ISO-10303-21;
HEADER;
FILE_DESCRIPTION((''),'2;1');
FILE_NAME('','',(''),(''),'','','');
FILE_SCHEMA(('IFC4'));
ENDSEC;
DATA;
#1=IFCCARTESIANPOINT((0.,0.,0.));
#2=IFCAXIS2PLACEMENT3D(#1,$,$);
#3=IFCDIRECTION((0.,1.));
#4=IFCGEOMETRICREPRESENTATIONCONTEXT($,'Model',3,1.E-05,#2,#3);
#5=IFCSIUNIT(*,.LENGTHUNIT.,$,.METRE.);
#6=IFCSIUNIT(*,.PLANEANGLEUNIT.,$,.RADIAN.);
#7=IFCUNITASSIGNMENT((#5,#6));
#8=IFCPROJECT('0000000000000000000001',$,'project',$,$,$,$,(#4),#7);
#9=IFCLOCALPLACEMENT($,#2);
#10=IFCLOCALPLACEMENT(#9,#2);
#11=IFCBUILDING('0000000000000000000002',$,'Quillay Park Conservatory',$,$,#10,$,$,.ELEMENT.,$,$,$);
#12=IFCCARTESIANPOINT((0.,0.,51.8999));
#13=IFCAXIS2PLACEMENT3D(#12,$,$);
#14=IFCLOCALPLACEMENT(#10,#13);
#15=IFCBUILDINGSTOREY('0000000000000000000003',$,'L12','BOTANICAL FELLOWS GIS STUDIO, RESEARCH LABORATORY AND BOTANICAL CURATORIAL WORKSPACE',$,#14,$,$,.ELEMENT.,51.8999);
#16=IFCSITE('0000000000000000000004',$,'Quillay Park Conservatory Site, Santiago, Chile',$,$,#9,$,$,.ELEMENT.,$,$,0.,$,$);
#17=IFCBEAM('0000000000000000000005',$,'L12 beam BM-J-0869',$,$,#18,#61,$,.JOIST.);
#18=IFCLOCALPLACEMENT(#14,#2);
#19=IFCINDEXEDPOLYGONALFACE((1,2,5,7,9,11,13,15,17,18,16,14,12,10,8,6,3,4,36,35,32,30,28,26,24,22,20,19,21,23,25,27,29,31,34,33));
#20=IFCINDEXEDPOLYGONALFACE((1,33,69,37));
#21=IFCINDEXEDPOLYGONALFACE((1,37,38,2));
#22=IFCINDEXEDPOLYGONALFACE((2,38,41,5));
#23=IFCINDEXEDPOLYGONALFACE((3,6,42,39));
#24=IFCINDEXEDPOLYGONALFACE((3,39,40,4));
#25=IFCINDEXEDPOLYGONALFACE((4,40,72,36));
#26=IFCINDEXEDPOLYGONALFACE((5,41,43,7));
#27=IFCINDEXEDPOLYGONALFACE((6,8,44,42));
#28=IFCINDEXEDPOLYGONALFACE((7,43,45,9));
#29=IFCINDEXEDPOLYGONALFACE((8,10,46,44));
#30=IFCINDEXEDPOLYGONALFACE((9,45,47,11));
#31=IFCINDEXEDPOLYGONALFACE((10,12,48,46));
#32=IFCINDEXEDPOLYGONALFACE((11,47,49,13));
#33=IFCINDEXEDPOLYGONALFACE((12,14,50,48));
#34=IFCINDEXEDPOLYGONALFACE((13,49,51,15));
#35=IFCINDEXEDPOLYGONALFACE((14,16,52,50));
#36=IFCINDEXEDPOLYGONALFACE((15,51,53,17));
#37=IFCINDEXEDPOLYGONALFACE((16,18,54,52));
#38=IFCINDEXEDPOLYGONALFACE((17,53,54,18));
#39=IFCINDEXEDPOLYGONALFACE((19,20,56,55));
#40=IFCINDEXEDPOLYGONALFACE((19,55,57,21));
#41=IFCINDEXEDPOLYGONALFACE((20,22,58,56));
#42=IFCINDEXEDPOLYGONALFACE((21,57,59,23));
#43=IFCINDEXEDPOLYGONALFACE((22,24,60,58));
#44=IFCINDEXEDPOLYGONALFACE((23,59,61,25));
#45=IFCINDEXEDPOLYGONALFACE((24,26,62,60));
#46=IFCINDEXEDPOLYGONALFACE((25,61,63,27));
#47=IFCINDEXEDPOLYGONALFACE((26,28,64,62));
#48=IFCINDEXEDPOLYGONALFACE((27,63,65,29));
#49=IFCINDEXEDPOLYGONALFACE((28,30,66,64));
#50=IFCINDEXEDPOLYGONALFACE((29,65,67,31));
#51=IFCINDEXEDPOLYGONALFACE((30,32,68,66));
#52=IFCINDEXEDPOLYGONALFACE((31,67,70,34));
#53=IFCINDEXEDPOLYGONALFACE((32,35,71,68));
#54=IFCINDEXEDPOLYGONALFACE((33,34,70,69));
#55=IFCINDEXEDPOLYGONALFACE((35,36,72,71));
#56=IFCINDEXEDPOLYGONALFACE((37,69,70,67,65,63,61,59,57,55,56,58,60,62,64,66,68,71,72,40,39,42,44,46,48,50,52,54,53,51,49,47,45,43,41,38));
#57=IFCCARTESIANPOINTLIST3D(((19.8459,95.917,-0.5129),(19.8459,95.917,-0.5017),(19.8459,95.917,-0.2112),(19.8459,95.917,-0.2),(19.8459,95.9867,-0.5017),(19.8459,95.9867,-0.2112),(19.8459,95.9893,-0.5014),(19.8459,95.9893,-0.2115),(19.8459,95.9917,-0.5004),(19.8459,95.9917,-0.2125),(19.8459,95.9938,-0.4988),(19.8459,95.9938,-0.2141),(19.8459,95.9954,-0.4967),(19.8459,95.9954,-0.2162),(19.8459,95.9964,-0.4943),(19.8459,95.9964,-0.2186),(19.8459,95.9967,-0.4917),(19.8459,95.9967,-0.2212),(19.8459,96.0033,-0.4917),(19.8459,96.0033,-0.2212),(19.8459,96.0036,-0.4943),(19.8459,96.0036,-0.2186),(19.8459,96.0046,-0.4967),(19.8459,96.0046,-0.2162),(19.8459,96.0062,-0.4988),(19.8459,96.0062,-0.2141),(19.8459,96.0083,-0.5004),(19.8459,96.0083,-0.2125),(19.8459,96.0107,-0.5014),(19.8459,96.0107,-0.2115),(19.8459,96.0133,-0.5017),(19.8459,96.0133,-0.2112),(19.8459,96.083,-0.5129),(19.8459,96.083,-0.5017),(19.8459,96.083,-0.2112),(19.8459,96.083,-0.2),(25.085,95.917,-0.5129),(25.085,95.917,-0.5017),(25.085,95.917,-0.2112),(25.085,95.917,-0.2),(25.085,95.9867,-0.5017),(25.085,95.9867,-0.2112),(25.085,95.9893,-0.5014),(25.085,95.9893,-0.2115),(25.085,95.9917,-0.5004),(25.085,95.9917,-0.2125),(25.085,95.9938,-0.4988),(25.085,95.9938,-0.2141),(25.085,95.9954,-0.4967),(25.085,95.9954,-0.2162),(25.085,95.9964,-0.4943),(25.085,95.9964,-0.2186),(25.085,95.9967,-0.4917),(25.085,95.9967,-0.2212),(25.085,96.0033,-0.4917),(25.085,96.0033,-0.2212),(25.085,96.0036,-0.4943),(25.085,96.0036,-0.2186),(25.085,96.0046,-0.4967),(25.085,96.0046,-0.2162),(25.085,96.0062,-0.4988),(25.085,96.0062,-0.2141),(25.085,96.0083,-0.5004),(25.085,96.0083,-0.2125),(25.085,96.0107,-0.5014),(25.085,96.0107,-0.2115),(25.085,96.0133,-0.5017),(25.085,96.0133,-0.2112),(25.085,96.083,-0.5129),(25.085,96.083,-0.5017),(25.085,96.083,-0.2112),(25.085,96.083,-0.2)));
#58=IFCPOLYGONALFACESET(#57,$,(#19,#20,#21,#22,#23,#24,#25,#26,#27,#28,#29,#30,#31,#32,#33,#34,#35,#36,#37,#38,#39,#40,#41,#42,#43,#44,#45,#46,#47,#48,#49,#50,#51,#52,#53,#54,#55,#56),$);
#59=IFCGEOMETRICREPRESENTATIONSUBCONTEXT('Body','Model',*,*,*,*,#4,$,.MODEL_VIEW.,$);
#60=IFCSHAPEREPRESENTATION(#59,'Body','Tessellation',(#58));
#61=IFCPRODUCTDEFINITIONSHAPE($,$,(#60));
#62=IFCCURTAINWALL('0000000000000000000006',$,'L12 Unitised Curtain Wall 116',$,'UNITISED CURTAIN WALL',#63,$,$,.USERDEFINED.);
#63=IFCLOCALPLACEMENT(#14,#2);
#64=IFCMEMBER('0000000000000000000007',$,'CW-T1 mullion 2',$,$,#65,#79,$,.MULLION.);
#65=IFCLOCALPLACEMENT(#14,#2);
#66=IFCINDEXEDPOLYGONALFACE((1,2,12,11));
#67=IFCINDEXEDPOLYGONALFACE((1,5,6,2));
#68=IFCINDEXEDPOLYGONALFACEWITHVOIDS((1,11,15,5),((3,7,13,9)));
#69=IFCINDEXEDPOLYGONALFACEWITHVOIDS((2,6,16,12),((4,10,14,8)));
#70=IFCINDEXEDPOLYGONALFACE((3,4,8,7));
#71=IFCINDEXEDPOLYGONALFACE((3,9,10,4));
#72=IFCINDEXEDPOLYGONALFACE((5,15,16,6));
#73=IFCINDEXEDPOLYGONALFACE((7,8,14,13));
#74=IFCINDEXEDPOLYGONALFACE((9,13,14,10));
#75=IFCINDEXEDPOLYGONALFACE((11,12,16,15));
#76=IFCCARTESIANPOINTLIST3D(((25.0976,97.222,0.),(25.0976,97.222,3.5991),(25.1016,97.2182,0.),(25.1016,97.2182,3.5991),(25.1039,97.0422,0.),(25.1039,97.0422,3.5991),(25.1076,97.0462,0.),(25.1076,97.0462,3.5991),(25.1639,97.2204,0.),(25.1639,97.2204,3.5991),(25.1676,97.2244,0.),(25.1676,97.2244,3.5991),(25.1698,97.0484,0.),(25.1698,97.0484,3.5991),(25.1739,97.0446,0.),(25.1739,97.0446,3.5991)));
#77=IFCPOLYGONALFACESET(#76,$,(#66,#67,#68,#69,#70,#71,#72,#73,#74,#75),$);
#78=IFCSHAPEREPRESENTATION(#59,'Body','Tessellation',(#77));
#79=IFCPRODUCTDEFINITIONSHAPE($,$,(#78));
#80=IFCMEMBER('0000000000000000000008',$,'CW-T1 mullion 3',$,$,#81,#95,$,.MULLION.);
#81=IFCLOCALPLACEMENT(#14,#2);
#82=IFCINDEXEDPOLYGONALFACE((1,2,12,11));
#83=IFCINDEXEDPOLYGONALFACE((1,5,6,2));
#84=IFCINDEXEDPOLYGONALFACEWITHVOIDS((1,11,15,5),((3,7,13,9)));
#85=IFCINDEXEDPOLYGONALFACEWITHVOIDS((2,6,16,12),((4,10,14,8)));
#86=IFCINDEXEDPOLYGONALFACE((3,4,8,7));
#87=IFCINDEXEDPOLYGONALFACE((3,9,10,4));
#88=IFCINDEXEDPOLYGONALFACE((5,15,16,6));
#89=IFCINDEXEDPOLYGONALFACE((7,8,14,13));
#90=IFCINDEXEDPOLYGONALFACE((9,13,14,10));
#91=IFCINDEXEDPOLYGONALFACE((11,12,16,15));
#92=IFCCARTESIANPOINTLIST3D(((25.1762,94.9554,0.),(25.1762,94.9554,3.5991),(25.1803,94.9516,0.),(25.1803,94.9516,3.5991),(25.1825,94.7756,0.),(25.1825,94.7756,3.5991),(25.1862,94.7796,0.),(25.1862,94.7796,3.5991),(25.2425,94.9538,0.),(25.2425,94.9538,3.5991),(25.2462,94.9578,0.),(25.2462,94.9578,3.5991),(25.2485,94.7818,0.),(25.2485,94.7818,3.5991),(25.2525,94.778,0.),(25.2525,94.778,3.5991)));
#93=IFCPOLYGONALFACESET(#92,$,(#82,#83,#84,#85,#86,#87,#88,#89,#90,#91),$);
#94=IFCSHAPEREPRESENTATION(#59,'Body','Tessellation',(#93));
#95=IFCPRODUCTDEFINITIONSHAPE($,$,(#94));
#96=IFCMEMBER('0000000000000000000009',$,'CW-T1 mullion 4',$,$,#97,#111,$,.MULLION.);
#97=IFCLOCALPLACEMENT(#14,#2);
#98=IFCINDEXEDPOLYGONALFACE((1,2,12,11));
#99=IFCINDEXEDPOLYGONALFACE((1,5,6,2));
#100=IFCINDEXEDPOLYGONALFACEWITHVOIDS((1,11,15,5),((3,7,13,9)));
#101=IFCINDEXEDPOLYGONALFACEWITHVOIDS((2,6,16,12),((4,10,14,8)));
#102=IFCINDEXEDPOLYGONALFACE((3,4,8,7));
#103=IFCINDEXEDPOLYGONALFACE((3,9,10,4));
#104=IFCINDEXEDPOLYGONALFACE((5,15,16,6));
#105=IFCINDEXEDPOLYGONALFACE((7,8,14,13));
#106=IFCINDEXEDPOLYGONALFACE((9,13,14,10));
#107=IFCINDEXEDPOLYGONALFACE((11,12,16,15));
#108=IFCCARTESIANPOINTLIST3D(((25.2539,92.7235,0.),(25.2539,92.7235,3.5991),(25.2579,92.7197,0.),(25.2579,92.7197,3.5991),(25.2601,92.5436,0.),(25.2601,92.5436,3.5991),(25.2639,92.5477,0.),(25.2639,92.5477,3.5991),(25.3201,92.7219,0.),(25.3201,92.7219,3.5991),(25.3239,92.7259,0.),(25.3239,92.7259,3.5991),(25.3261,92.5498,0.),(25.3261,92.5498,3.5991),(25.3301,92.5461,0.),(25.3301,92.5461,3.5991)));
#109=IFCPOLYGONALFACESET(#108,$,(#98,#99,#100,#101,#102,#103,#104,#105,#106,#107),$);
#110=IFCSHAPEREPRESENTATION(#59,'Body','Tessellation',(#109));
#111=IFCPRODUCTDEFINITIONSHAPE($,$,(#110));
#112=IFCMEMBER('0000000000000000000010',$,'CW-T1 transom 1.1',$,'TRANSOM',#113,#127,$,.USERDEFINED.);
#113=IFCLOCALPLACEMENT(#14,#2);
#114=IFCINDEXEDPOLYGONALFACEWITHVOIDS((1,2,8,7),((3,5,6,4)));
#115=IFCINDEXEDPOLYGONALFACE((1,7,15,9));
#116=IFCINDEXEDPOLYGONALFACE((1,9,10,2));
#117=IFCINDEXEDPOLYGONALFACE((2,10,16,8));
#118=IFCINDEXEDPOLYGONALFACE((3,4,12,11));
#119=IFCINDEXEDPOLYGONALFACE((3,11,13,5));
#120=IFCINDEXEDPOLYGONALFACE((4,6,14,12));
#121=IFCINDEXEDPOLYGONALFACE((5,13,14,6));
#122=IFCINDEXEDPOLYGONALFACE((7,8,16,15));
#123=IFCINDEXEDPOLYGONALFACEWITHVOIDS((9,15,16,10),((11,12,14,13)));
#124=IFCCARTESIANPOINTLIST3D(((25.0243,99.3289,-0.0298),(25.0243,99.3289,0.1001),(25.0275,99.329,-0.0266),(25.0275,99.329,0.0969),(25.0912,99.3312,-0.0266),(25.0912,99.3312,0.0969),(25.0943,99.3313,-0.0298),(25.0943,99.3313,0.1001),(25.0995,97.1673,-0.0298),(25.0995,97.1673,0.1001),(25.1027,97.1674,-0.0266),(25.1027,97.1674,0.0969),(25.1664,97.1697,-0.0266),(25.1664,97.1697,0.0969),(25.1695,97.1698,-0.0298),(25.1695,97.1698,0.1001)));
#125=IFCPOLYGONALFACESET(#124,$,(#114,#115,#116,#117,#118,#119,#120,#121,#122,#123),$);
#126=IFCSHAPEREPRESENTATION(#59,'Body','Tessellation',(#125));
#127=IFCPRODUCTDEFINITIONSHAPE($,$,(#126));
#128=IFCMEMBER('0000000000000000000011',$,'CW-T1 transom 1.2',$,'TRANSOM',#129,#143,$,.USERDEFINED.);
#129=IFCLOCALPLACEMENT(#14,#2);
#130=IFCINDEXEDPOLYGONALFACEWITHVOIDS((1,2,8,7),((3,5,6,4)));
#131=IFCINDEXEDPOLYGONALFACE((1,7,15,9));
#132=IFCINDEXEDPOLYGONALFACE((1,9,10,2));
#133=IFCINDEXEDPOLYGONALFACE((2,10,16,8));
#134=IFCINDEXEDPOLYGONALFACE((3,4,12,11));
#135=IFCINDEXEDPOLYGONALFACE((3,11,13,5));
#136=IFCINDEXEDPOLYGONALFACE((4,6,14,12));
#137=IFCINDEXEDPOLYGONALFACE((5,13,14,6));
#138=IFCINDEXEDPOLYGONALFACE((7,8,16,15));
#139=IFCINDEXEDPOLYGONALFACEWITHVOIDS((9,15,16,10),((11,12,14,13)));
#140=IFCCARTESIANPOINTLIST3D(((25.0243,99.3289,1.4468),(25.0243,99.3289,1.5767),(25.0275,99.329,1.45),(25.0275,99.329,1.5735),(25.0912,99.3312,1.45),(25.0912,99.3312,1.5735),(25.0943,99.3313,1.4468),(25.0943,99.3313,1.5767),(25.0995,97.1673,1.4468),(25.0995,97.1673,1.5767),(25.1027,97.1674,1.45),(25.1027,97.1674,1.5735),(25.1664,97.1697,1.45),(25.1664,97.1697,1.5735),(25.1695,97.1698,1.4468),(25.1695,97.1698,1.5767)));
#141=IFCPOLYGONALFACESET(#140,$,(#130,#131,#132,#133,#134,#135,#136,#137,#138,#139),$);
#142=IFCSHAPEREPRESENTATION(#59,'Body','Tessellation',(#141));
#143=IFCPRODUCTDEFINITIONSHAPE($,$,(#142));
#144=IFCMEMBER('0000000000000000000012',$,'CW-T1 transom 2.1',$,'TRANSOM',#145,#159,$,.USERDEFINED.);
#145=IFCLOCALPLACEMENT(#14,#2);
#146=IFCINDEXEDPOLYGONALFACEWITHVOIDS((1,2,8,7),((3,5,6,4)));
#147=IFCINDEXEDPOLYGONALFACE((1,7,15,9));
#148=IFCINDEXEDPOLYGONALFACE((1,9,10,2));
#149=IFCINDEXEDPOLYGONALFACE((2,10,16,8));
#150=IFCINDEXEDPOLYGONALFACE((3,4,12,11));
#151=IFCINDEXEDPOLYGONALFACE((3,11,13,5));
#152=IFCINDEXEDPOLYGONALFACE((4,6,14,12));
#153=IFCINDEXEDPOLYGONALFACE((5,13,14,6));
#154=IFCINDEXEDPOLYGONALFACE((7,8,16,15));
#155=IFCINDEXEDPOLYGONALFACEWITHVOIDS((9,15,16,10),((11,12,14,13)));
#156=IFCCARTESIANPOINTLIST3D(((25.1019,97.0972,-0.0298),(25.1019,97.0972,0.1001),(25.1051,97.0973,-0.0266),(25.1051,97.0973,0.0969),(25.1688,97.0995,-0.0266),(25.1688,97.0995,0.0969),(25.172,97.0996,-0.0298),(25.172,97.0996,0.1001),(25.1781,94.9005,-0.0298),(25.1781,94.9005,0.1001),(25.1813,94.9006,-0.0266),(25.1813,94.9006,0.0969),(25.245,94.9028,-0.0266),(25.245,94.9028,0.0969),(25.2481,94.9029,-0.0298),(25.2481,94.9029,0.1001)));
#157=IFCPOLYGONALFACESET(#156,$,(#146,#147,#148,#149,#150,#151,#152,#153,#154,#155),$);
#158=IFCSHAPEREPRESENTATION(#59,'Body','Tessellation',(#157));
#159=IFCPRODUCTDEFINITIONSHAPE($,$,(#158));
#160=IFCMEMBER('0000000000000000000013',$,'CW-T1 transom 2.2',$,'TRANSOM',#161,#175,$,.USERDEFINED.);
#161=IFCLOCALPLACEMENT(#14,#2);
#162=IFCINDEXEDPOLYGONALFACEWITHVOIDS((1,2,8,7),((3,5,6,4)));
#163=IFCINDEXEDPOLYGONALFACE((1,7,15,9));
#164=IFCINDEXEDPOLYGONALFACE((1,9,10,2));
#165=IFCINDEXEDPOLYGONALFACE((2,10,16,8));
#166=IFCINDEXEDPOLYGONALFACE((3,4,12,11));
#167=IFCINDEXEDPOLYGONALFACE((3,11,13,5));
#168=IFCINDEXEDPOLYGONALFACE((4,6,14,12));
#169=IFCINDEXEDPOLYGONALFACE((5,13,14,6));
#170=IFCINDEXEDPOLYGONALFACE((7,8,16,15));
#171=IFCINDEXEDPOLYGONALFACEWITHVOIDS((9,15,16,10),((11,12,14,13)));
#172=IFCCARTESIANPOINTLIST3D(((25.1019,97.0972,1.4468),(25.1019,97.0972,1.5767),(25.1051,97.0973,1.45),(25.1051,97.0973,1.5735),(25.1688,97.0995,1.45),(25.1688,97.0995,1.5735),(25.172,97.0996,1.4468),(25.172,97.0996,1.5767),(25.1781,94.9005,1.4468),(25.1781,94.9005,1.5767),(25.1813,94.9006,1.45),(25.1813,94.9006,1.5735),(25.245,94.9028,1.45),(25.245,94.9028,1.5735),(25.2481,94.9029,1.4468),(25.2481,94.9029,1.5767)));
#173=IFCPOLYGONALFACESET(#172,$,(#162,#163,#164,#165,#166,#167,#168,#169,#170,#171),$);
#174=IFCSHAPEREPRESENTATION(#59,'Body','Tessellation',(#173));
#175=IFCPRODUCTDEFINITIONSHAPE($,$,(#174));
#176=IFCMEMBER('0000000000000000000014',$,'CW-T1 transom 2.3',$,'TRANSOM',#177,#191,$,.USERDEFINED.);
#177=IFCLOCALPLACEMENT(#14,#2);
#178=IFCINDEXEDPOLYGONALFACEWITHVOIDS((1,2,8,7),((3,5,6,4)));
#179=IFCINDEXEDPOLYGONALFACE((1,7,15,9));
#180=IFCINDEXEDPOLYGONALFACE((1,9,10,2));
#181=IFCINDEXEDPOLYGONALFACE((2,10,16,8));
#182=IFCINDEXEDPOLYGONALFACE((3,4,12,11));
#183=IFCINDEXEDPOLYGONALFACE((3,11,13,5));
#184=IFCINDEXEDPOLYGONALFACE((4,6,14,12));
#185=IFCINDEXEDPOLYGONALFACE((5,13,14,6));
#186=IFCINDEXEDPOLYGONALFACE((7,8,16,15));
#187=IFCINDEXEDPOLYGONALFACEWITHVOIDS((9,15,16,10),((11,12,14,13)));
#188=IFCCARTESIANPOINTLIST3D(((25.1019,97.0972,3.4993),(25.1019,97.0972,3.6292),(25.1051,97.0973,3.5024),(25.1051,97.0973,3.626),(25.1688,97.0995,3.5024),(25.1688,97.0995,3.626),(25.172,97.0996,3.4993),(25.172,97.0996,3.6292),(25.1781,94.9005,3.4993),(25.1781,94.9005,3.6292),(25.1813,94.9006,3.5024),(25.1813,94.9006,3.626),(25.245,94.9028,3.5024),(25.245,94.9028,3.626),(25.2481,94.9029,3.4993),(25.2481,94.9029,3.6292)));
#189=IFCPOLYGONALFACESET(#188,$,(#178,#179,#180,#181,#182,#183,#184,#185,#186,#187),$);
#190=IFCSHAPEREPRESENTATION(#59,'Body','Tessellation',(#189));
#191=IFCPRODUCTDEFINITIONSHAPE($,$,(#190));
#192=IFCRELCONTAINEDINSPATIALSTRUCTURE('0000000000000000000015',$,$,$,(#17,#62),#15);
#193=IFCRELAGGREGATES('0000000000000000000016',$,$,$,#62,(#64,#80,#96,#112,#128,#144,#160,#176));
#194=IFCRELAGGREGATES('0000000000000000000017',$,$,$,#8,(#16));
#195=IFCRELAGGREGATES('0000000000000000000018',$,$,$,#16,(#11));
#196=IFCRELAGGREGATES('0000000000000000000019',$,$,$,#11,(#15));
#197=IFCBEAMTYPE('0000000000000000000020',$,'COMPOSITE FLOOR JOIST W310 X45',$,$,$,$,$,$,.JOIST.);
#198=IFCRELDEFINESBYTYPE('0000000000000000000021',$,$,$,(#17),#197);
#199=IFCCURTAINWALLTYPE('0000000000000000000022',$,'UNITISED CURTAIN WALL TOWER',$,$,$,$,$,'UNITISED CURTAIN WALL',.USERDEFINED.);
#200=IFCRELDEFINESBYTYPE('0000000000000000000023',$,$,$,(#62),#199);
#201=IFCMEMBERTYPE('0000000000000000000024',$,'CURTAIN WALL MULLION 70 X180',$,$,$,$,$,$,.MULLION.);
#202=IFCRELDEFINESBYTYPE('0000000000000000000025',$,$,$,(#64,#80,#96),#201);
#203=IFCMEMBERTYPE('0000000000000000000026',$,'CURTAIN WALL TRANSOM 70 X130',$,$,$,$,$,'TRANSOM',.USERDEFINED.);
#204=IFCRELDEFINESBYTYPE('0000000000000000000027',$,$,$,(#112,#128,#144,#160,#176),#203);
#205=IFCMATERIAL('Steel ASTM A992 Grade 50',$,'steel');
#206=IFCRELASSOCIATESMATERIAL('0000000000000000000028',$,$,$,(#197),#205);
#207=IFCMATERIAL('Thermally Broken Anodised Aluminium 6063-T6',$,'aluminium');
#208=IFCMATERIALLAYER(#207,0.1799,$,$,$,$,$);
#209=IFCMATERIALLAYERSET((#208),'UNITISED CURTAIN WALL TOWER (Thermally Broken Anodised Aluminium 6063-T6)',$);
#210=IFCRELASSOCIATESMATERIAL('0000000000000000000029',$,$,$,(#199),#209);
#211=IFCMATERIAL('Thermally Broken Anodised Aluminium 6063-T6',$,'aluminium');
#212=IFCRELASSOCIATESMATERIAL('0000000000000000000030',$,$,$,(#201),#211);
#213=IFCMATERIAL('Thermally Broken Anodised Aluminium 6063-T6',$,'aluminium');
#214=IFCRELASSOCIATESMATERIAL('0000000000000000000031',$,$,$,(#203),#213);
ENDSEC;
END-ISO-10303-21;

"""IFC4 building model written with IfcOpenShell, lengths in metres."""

from ifc_helpers import new_model, si_unit, direction, frame, origin, origin_2d, place, context, subcontext, project, spatial, hollow_rectangle, i_section, extrude, material, layer, layer_set, material_profile, profile_set, type_object, element, aggregate, save


model = new_model("IFC4")

# Units and contexts
model_context = context("Model", 3, precision=1e-05, world=origin(), true_north=direction((0.0, 1.0)))
body_context = subcontext(model_context, "Body", "Model", "MODEL_VIEW")
ifc_project = project(units=[si_unit("LENGTHUNIT", "METRE"), si_unit("PLANEANGLEUNIT", "RADIAN")], contexts=[model_context])

# Site, building, storey
site_placement = place(None, origin())
site = spatial("IfcSite", under=ifc_project, at=site_placement, Name="Quillay Park Conservatory Site, Santiago, Chile", CompositionType="ELEMENT", RefElevation=0.0)
building_placement = place(site_placement, origin())
building = spatial("IfcBuilding", under=site, at=building_placement, Name="Quillay Park Conservatory", CompositionType="ELEMENT")
storey_placement = place(building_placement, frame((0.0, 0.0, 51.8999)))
storey = spatial("IfcBuildingStorey", under=building, at=storey_placement, Name="L12", Description="BOTANICAL FELLOWS GIS STUDIO, RESEARCH LABORATORY AND BOTANICAL CURATORIAL WORKSPACE", CompositionType="ELEMENT", Elevation=51.8999)

# Beam
ifc_material_1 = material(Name="Steel ASTM A992 Grade 50", Category="steel")
ifc_material_profile_1 = material_profile(ifc_material_1, i_section(OverallWidth=0.166, OverallDepth=0.313, WebThickness=0.0066, FlangeThickness=0.0112, FilletRadius=0.01, at=origin_2d()), Name="W310x45")
ifc_profile_set_1 = profile_set([ifc_material_profile_1], Name="Steel ASTM A992 Grade 50")
beam_type = type_object("IfcBeamType", Name="COMPOSITE FLOOR JOIST W310 X45", PredefinedType="JOIST", material=ifc_profile_set_1)
beam_placement = place(storey_placement, frame((19.8459, 96.0, -0.3564), z_axis=(1.0, 0.0, 0.0), x_axis=(0.0, 1.0, 0.0)))
element("IfcBeam", 1, at=beam_placement, inside=storey, type_object=beam_type, Name="L12 beam BM-J-0869", PredefinedType="JOIST", context=body_context, shape_type="SweptSolid", body=[
    extrude(i_section(OverallWidth=0.166, OverallDepth=0.313, WebThickness=0.0066, FlangeThickness=0.0112, FilletRadius=0.01, at=origin_2d()), origin(), (0.0, 0.0, 1.0), 5.239),
])

# Curtain wall, members
ifc_material_2 = material(Name="Thermally Broken Anodised Aluminium 6063-T6", Category="aluminium")
ifc_layer_1 = layer(ifc_material_2, 0.1799)
ifc_layer_set_1 = layer_set([ifc_layer_1], Name="UNITISED CURTAIN WALL TOWER (Thermally Broken Anodised Aluminium 6063-T6)")
curtain_wall_type = type_object("IfcCurtainWallType", Name="UNITISED CURTAIN WALL TOWER", ElementType="UNITISED CURTAIN WALL", PredefinedType="USERDEFINED", material=ifc_layer_set_1)
curtain_wall_placement = place(storey_placement, origin())
curtain_wall = element("IfcCurtainWall", 2, at=curtain_wall_placement, inside=storey, type_object=curtain_wall_type, Name="L12 Unitised Curtain Wall 116", ObjectType="UNITISED CURTAIN WALL", PredefinedType="USERDEFINED")
ifc_material_3 = material(Name="Thermally Broken Anodised Aluminium 6063-T6", Category="aluminium")
ifc_material_profile_2 = material_profile(ifc_material_3, hollow_rectangle(XDim=0.0701, YDim=0.1799, WallThickness=0.0039, at=origin_2d()), Name="AL70x180x4")
ifc_profile_set_2 = profile_set([ifc_material_profile_2], Name="Thermally Broken Anodised Aluminium 6063-T6")
member_type_1 = type_object("IfcMemberType", Name="CURTAIN WALL MULLION 70 X180", PredefinedType="MULLION", material=ifc_profile_set_2)
member_1_placement = place(storey_placement, frame((25.1357, 97.1333, 0.0), z_axis=(0.0, 0.0, 1.0), x_axis=(0.999397, 0.034713, 0.0)))
member_1 = element("IfcMember", 3, at=member_1_placement, type_object=member_type_1, Name="CW-T1 mullion 2", PredefinedType="MULLION", context=body_context, shape_type="SweptSolid", body=[
    extrude(hollow_rectangle(XDim=0.0701, YDim=0.1799, WallThickness=0.0039, at=origin_2d()), origin(), (0.0, 0.0, 1.0), 3.5991),
])
member_2_placement = place(storey_placement, frame((25.2144, 94.8667, 0.0), z_axis=(0.0, 0.0, 1.0), x_axis=(0.999397, 0.034713, 0.0)))
member_2 = element("IfcMember", 4, at=member_2_placement, type_object=member_type_1, Name="CW-T1 mullion 3", PredefinedType="MULLION", context=body_context, shape_type="SweptSolid", body=[
    extrude(hollow_rectangle(XDim=0.0701, YDim=0.1799, WallThickness=0.0039, at=origin_2d()), origin(), (0.0, 0.0, 1.0), 3.5991),
])
member_3_placement = place(storey_placement, frame((25.292, 92.6348, 0.0), z_axis=(0.0, 0.0, 1.0), x_axis=(0.999397, 0.034713, 0.0)))
member_3 = element("IfcMember", 5, at=member_3_placement, type_object=member_type_1, Name="CW-T1 mullion 4", PredefinedType="MULLION", context=body_context, shape_type="SweptSolid", body=[
    extrude(hollow_rectangle(XDim=0.0701, YDim=0.1799, WallThickness=0.0039, at=origin_2d()), origin(), (0.0, 0.0, 1.0), 3.5991),
])
ifc_material_4 = material(Name="Thermally Broken Anodised Aluminium 6063-T6", Category="aluminium")
ifc_material_profile_3 = material_profile(ifc_material_4, hollow_rectangle(XDim=0.0701, YDim=0.1299, WallThickness=0.0032, at=origin_2d()), Name="AL70x130x3.2")
ifc_profile_set_3 = profile_set([ifc_material_profile_3], Name="Thermally Broken Anodised Aluminium 6063-T6")
member_type_2 = type_object("IfcMemberType", Name="CURTAIN WALL TRANSOM 70 X130", ElementType="TRANSOM", PredefinedType="USERDEFINED", material=ifc_profile_set_3)
member_4_placement = place(storey_placement, frame((25.0593, 99.3301, 0.0352), z_axis=(0.034766, -0.999395, 0.0), x_axis=(0.999395, 0.034766, 0.0)))
member_4 = element("IfcMember", 6, at=member_4_placement, type_object=member_type_2, Name="CW-T1 transom 1.1", ObjectType="TRANSOM", PredefinedType="USERDEFINED", context=body_context, shape_type="SweptSolid", body=[
    extrude(hollow_rectangle(XDim=0.0701, YDim=0.1299, WallThickness=0.0032, at=origin_2d()), origin(), (0.0, 0.0, 1.0), 2.1628),
])
member_5_placement = place(storey_placement, frame((25.0593, 99.3301, 1.5117), z_axis=(0.034766, -0.999395, 0.0), x_axis=(0.999395, 0.034766, 0.0)))
member_5 = element("IfcMember", 7, at=member_5_placement, type_object=member_type_2, Name="CW-T1 transom 1.2", ObjectType="TRANSOM", PredefinedType="USERDEFINED", context=body_context, shape_type="SweptSolid", body=[
    extrude(hollow_rectangle(XDim=0.0701, YDim=0.1299, WallThickness=0.0032, at=origin_2d()), origin(), (0.0, 0.0, 1.0), 2.1628),
])
member_6_placement = place(storey_placement, frame((25.137, 97.0984, 0.0352), z_axis=(0.034654, -0.999399, 0.0), x_axis=(0.999399, 0.034654, 0.0)))
member_6 = element("IfcMember", 8, at=member_6_placement, type_object=member_type_2, Name="CW-T1 transom 2.1", ObjectType="TRANSOM", PredefinedType="USERDEFINED", context=body_context, shape_type="SweptSolid", body=[
    extrude(hollow_rectangle(XDim=0.0701, YDim=0.1299, WallThickness=0.0032, at=origin_2d()), origin(), (0.0, 0.0, 1.0), 2.198),
])
member_7_placement = place(storey_placement, frame((25.137, 97.0984, 1.5117), z_axis=(0.034654, -0.999399, 0.0), x_axis=(0.999399, 0.034654, 0.0)))
member_7 = element("IfcMember", 9, at=member_7_placement, type_object=member_type_2, Name="CW-T1 transom 2.2", ObjectType="TRANSOM", PredefinedType="USERDEFINED", context=body_context, shape_type="SweptSolid", body=[
    extrude(hollow_rectangle(XDim=0.0701, YDim=0.1299, WallThickness=0.0032, at=origin_2d()), origin(), (0.0, 0.0, 1.0), 2.198),
])
member_8_placement = place(storey_placement, frame((25.137, 97.0984, 3.5642), z_axis=(0.034654, -0.999399, 0.0), x_axis=(0.999399, 0.034654, 0.0)))
member_8 = element("IfcMember", 10, at=member_8_placement, type_object=member_type_2, Name="CW-T1 transom 2.3", ObjectType="TRANSOM", PredefinedType="USERDEFINED", context=body_context, shape_type="SweptSolid", body=[
    extrude(hollow_rectangle(XDim=0.0701, YDim=0.1299, WallThickness=0.0032, at=origin_2d()), origin(), (0.0, 0.0, 1.0), 2.198),
])
aggregate(curtain_wall, [member_1, member_2, member_3, member_4, member_5, member_6, member_7, member_8])

save(model, "model.ifc")
